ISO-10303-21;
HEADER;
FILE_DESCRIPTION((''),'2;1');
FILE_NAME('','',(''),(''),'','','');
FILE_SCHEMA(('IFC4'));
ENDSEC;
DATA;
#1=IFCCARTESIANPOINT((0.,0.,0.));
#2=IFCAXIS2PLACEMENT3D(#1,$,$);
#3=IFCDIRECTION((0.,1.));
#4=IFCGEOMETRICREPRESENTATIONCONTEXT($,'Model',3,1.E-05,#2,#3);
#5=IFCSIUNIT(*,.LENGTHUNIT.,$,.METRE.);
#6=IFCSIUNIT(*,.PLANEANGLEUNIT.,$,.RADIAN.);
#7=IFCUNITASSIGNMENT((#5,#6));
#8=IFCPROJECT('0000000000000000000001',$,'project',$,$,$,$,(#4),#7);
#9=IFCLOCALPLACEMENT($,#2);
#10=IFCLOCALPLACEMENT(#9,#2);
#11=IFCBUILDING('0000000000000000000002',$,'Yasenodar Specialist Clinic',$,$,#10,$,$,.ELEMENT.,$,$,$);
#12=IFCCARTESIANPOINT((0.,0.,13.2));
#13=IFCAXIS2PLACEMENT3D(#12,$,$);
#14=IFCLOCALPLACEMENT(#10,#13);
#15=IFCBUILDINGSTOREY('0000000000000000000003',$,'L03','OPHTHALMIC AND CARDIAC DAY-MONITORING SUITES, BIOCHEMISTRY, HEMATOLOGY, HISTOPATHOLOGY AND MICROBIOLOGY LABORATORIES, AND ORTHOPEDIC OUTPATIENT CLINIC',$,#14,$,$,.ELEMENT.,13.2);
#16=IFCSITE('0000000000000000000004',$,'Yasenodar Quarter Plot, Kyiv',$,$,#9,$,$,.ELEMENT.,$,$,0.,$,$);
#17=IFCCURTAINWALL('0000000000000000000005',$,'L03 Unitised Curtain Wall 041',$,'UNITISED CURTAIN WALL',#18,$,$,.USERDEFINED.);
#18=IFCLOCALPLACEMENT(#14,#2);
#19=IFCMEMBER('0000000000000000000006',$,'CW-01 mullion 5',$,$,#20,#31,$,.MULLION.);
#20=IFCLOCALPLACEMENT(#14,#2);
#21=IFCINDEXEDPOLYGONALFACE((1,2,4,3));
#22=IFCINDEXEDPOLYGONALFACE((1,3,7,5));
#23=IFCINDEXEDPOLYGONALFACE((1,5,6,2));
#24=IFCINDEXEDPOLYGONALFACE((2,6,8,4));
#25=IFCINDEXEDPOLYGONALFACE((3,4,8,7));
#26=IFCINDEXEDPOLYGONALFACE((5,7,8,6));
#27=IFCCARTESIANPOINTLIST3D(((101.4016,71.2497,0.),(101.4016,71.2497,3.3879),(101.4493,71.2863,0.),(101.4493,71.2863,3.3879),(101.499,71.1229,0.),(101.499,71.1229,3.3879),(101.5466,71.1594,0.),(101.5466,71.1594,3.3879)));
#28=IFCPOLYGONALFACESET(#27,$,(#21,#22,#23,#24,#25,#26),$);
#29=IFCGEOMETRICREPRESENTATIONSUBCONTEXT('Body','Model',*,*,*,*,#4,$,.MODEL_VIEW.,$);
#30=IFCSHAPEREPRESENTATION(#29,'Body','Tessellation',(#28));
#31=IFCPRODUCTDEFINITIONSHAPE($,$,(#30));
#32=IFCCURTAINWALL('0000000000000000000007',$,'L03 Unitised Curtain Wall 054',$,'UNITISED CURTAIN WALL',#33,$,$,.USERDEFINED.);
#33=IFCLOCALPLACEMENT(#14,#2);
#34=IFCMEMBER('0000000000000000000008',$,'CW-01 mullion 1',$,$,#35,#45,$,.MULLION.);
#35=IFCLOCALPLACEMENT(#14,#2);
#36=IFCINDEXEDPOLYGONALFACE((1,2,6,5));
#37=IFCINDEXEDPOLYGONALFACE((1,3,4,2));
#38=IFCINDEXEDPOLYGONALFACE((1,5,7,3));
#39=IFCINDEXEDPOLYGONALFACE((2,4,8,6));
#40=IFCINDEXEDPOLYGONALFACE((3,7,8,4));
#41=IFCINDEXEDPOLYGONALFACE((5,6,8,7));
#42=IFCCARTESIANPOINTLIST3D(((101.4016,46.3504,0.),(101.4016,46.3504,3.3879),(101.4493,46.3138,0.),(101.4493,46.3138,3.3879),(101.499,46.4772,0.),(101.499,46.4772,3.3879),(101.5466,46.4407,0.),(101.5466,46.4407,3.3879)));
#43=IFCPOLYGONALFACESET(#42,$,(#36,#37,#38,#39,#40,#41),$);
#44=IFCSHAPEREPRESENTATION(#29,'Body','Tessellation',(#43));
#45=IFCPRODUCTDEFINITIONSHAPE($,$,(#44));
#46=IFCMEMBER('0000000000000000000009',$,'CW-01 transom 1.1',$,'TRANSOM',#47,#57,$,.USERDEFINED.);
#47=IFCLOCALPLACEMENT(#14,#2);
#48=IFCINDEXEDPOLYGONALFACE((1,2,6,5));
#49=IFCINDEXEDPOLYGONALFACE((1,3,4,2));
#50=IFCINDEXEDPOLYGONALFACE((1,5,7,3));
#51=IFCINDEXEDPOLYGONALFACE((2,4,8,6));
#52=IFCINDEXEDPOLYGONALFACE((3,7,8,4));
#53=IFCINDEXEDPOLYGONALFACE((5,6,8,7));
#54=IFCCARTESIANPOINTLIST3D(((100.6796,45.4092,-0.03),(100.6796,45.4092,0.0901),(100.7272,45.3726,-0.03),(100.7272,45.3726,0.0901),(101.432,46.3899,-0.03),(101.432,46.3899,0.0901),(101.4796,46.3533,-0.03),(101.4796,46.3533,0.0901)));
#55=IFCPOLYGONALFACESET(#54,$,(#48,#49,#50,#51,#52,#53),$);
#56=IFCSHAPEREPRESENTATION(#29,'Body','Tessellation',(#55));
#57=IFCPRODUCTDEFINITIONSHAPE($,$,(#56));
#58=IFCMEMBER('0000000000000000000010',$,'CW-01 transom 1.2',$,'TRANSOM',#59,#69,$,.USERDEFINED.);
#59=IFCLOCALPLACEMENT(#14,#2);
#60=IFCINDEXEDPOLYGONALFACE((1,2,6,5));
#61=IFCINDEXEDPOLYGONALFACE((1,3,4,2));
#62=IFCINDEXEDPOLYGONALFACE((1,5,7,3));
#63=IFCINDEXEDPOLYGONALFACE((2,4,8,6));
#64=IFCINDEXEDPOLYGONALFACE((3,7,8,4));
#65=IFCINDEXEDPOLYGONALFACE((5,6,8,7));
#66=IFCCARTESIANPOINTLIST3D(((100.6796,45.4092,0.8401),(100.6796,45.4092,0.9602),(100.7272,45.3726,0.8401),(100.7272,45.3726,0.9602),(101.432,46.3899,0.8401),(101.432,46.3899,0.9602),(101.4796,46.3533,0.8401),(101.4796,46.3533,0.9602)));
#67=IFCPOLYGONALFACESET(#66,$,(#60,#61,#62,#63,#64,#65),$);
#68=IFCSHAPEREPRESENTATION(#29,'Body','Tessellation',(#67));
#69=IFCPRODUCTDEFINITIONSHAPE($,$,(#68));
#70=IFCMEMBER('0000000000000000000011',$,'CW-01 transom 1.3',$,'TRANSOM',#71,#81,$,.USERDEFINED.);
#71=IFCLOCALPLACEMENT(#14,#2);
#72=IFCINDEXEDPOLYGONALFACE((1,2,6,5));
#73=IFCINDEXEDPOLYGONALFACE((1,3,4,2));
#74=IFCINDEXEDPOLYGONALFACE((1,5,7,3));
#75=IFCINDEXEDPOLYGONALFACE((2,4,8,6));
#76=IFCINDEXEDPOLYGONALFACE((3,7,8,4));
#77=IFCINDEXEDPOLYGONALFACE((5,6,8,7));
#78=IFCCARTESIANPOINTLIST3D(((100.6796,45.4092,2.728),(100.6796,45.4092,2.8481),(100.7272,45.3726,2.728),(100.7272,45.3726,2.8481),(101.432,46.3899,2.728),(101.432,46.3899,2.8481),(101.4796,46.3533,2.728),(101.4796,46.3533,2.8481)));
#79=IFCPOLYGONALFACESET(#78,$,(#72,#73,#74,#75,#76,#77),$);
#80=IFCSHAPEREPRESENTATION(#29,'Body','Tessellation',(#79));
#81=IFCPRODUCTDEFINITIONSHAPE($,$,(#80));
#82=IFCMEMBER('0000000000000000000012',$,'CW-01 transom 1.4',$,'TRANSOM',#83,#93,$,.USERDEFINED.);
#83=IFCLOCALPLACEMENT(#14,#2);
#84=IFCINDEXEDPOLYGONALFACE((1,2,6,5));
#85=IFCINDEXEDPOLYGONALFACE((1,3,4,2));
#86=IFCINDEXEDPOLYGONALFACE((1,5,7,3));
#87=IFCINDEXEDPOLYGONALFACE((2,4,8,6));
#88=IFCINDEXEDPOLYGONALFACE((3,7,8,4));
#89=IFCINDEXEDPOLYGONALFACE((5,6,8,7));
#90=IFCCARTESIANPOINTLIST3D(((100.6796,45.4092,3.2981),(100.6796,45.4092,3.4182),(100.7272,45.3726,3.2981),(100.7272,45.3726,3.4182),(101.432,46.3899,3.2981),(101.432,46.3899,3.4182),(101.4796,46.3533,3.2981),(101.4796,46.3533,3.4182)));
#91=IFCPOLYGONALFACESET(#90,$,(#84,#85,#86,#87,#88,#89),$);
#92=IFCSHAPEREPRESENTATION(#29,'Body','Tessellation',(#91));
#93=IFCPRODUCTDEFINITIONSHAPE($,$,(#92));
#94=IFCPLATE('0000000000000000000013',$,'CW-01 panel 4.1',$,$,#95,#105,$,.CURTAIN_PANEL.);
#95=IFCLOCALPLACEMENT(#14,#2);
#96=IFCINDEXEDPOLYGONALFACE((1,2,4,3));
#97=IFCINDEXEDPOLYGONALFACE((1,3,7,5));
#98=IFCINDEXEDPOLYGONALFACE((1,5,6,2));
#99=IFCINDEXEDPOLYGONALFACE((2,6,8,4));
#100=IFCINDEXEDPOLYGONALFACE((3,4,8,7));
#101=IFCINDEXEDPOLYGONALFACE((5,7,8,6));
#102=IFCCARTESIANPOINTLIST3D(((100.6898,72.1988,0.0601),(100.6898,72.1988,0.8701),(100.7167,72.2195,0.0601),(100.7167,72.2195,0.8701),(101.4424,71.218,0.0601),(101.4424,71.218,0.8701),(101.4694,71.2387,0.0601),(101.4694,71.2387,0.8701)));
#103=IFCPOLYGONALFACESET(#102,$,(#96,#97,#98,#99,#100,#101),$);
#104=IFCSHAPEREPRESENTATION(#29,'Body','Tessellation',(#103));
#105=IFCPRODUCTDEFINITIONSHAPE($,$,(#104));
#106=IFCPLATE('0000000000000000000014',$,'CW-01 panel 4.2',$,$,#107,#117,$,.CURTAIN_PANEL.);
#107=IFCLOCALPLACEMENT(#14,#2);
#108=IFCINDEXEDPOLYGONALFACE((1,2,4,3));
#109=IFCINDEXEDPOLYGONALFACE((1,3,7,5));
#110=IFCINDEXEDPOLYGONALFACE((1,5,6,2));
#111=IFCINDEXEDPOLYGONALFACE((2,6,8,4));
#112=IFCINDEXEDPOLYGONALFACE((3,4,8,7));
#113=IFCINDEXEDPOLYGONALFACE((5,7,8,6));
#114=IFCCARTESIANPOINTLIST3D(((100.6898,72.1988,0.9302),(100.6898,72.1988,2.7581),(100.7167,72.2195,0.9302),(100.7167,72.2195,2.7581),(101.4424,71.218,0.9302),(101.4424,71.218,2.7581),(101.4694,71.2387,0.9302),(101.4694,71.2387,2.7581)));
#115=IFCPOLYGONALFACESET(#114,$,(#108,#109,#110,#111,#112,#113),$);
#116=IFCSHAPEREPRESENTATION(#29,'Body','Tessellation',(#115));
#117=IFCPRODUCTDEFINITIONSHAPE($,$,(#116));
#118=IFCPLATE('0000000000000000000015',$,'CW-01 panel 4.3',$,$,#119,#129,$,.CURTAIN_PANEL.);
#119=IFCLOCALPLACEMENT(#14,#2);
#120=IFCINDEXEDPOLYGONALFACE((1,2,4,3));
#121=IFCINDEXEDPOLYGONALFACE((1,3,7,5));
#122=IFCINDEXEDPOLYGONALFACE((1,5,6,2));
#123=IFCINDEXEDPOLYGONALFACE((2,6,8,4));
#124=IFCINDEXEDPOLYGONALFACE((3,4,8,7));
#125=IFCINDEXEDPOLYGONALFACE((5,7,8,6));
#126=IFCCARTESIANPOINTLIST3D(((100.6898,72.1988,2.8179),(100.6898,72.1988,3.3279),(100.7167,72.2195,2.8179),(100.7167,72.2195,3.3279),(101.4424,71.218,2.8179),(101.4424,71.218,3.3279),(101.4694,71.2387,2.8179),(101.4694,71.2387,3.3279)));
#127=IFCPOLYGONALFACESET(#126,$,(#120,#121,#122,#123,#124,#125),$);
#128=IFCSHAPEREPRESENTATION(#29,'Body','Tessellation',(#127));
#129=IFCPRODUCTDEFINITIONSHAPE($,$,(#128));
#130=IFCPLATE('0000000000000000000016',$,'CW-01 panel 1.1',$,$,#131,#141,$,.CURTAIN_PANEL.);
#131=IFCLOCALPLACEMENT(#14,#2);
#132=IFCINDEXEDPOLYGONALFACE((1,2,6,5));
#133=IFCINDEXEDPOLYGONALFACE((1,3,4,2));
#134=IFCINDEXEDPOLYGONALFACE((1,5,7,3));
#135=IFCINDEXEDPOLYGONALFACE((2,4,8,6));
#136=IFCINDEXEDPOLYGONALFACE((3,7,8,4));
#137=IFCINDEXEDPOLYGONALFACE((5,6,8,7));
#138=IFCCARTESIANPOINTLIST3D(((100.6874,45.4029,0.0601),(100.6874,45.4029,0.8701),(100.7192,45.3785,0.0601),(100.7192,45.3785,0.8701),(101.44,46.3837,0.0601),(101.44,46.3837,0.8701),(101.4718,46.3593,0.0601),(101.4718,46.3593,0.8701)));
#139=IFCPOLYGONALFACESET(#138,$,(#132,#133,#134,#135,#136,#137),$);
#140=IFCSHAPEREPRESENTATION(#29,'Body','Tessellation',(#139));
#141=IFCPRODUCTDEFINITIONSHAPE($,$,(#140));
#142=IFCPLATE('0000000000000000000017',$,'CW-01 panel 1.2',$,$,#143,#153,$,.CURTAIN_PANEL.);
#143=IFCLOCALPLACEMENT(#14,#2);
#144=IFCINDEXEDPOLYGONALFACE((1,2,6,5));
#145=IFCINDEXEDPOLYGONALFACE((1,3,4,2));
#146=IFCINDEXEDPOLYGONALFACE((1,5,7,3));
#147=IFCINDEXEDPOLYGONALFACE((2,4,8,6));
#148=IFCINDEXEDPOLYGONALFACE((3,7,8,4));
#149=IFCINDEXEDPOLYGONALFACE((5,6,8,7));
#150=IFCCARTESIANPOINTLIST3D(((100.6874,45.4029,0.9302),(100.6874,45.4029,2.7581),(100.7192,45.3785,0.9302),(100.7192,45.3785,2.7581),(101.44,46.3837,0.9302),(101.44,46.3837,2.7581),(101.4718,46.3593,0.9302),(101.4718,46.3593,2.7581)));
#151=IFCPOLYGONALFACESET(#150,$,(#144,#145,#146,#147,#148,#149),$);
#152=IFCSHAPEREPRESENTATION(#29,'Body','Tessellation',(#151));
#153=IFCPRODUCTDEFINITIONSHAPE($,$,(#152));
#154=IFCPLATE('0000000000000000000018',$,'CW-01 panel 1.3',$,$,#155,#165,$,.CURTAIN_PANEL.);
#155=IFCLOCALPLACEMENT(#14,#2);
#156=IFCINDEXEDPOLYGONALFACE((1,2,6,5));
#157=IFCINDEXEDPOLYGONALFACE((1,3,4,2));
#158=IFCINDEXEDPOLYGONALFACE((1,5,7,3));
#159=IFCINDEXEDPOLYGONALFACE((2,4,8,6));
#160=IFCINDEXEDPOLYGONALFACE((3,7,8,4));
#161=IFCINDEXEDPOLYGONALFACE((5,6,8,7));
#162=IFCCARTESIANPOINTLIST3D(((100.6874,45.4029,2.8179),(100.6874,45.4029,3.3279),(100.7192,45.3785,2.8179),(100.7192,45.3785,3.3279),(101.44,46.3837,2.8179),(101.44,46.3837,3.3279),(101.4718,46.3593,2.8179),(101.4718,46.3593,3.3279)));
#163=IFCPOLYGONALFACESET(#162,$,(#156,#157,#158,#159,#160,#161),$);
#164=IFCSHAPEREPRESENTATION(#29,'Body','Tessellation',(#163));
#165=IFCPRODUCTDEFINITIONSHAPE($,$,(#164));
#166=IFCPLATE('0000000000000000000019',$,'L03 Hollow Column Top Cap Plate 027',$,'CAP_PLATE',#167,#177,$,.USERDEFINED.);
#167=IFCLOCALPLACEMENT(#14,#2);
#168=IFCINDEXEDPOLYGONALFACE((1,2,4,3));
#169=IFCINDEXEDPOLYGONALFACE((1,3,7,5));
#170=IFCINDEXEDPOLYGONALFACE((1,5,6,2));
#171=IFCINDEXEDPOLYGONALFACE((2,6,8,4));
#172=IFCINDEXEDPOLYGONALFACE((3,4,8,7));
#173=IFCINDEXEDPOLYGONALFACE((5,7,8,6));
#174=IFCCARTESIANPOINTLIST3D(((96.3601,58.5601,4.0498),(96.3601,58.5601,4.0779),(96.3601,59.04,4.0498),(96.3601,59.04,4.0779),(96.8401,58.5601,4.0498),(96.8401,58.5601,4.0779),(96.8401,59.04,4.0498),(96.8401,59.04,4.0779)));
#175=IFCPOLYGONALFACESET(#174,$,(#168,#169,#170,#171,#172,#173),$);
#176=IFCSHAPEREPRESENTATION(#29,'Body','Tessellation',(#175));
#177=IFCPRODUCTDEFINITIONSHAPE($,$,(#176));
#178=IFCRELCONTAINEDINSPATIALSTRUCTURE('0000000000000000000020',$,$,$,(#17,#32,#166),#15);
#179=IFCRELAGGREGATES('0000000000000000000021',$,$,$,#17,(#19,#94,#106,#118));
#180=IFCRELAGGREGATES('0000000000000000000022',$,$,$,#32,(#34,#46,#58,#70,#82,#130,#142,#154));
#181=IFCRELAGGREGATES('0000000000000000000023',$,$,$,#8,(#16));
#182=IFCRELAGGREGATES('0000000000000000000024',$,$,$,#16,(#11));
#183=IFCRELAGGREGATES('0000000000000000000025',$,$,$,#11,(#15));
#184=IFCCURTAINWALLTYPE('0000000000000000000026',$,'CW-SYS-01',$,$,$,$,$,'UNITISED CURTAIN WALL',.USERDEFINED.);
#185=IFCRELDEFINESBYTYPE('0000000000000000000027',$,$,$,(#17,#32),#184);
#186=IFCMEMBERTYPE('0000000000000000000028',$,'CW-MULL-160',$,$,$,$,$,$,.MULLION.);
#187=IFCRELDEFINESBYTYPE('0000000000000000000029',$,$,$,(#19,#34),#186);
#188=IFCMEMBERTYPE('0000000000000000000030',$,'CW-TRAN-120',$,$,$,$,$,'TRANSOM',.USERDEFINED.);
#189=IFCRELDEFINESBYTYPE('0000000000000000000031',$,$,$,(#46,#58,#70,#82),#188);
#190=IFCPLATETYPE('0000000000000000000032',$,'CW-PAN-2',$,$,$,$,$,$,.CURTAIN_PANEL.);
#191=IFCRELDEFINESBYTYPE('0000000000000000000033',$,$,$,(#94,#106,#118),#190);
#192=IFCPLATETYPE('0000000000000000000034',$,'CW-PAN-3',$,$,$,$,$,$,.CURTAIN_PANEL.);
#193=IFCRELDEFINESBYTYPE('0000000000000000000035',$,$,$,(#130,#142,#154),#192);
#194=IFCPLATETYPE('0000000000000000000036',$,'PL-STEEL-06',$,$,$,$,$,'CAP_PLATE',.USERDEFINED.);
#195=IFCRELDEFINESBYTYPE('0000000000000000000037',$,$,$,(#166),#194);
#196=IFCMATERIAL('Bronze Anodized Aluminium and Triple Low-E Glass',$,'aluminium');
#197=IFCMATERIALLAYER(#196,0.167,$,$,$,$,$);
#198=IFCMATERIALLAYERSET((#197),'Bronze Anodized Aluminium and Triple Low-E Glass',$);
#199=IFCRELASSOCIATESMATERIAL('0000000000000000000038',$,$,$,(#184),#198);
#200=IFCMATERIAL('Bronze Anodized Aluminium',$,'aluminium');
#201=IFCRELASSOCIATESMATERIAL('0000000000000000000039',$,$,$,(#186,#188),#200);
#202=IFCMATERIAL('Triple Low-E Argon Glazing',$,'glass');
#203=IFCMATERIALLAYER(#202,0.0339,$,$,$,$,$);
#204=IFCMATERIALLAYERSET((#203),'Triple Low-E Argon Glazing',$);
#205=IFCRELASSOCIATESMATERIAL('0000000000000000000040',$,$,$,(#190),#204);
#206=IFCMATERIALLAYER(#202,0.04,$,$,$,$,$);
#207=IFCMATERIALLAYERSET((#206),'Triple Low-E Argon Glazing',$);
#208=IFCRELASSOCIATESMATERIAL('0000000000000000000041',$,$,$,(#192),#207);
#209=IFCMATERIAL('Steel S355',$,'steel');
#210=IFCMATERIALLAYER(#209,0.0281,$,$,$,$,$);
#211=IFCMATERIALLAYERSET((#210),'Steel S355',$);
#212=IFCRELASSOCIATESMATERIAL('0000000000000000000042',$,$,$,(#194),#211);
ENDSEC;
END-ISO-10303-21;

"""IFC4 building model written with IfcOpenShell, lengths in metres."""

from ifc_helpers import new_model, si_unit, direction, frame, origin, origin_2d, place, context, subcontext, project, spatial, rectangle, extrude, material, layer, layer_set, material_profile, profile_set, type_object, element, aggregate, save


model = new_model("IFC4")

# Units and contexts
model_context = context("Model", 3, precision=1e-05, world=origin(), true_north=direction((0.0, 1.0)))
body_context = subcontext(model_context, "Body", "Model", "MODEL_VIEW")
ifc_project = project(units=[si_unit("LENGTHUNIT", "METRE"), si_unit("PLANEANGLEUNIT", "RADIAN")], contexts=[model_context])

# Site, building, storey
site_placement = place(None, origin())
site = spatial("IfcSite", under=ifc_project, at=site_placement, Name="Yasenodar Quarter Plot, Kyiv", CompositionType="ELEMENT", RefElevation=0.0)
building_placement = place(site_placement, origin())
building = spatial("IfcBuilding", under=site, at=building_placement, Name="Yasenodar Specialist Clinic", CompositionType="ELEMENT")
storey_placement = place(building_placement, frame((0.0, 0.0, 13.2)))
storey = spatial("IfcBuildingStorey", under=building, at=storey_placement, Name="L03", Description="OPHTHALMIC AND CARDIAC DAY-MONITORING SUITES, BIOCHEMISTRY, HEMATOLOGY, HISTOPATHOLOGY AND MICROBIOLOGY LABORATORIES, AND ORTHOPEDIC OUTPATIENT CLINIC", CompositionType="ELEMENT", Elevation=13.2)

# Shared definitions
ifc_material_1 = material(Name="Steel S355", Category="steel")

# Curtain wall, member
ifc_material_2 = material(Name="Bronze Anodized Aluminium and Triple Low-E Glass", Category="aluminium")
ifc_layer_1 = layer(ifc_material_2, 0.167)
ifc_layer_set_1 = layer_set([ifc_layer_1], Name="Bronze Anodized Aluminium and Triple Low-E Glass")
curtain_wall_type = type_object("IfcCurtainWallType", Name="CW-SYS-01", ElementType="UNITISED CURTAIN WALL", PredefinedType="USERDEFINED", material=ifc_layer_set_1)
curtain_wall_1_placement = place(storey_placement, origin())
curtain_wall_1 = element("IfcCurtainWall", 1, at=curtain_wall_1_placement, inside=storey, type_object=curtain_wall_type, Name="L03 Unitised Curtain Wall 041", ObjectType="UNITISED CURTAIN WALL", PredefinedType="USERDEFINED")
ifc_material_3 = material(Name="Bronze Anodized Aluminium", Category="aluminium")
ifc_material_profile_1 = material_profile(ifc_material_3, rectangle(XDim=0.0601, YDim=0.1599, at=origin_2d()), Name="CW-MULL 60x160")
ifc_profile_set_1 = profile_set([ifc_material_profile_1], Name="Bronze Anodized Aluminium")
member_type_1 = type_object("IfcMemberType", Name="CW-MULL-160", PredefinedType="MULLION", material=ifc_profile_set_1)
member_1_placement = place(storey_placement, frame((101.4741, 71.2046, 0.0), z_axis=(0.0, 0.0, 1.0), x_axis=(0.793361, 0.608752, 0.0)))
member_1 = element("IfcMember", 2, at=member_1_placement, type_object=member_type_1, Name="CW-01 mullion 5", PredefinedType="MULLION", context=body_context, shape_type="SweptSolid", body=[
    extrude(rectangle(XDim=0.0601, YDim=0.1599, at=origin_2d()), origin(), (0.0, 0.0, 1.0), 3.3879),
])

# Curtain wall, members
curtain_wall_2_placement = place(storey_placement, origin())
curtain_wall_2 = element("IfcCurtainWall", 3, at=curtain_wall_2_placement, inside=storey, type_object=curtain_wall_type, Name="L03 Unitised Curtain Wall 054", ObjectType="UNITISED CURTAIN WALL", PredefinedType="USERDEFINED")
member_2_placement = place(storey_placement, frame((101.4741, 46.3955, 0.0), z_axis=(0.0, 0.0, 1.0), x_axis=(0.793361, -0.608752, 0.0)))
member_2 = element("IfcMember", 4, at=member_2_placement, type_object=member_type_1, Name="CW-01 mullion 1", PredefinedType="MULLION", context=body_context, shape_type="SweptSolid", body=[
    extrude(rectangle(XDim=0.0601, YDim=0.1599, at=origin_2d()), origin(), (0.0, 0.0, 1.0), 3.3879),
])
ifc_material_profile_2 = material_profile(ifc_material_3, rectangle(XDim=0.0601, YDim=0.1201, at=origin_2d()), Name="CW-TRAN 60x120")
ifc_profile_set_2 = profile_set([ifc_material_profile_2], Name="Bronze Anodized Aluminium")
member_type_2 = type_object("IfcMemberType", Name="CW-TRAN-120", ElementType="TRANSOM", PredefinedType="USERDEFINED", material=ifc_profile_set_2)
member_3_placement = place(storey_placement, frame((101.4558, 46.3716, 0.03), z_axis=(-0.608718, -0.793387, 0.0), x_axis=(0.793387, -0.608718, 0.0)))
member_3 = element("IfcMember", 5, at=member_3_placement, type_object=member_type_2, Name="CW-01 transom 1.1", ObjectType="TRANSOM", PredefinedType="USERDEFINED", context=body_context, shape_type="SweptSolid", body=[
    extrude(rectangle(XDim=0.0601, YDim=0.1201, at=origin_2d()), origin(), (0.0, 0.0, 1.0), 1.2361),
])
member_4_placement = place(storey_placement, frame((101.4558, 46.3716, 0.9001), z_axis=(-0.608718, -0.793387, 0.0), x_axis=(0.793387, -0.608718, 0.0)))
member_4 = element("IfcMember", 6, at=member_4_placement, type_object=member_type_2, Name="CW-01 transom 1.2", ObjectType="TRANSOM", PredefinedType="USERDEFINED", context=body_context, shape_type="SweptSolid", body=[
    extrude(rectangle(XDim=0.0601, YDim=0.1201, at=origin_2d()), origin(), (0.0, 0.0, 1.0), 1.2361),
])
member_5_placement = place(storey_placement, frame((101.4558, 46.3716, 2.7881), z_axis=(-0.608718, -0.793387, 0.0), x_axis=(0.793387, -0.608718, 0.0)))
member_5 = element("IfcMember", 7, at=member_5_placement, type_object=member_type_2, Name="CW-01 transom 1.3", ObjectType="TRANSOM", PredefinedType="USERDEFINED", context=body_context, shape_type="SweptSolid", body=[
    extrude(rectangle(XDim=0.0601, YDim=0.1201, at=origin_2d()), origin(), (0.0, 0.0, 1.0), 1.2361),
])
member_6_placement = place(storey_placement, frame((101.4558, 46.3716, 3.3582), z_axis=(-0.608718, -0.793387, 0.0), x_axis=(0.793387, -0.608718, 0.0)))
member_6 = element("IfcMember", 8, at=member_6_placement, type_object=member_type_2, Name="CW-01 transom 1.4", ObjectType="TRANSOM", PredefinedType="USERDEFINED", context=body_context, shape_type="SweptSolid", body=[
    extrude(rectangle(XDim=0.0601, YDim=0.1201, at=origin_2d()), origin(), (0.0, 0.0, 1.0), 1.2361),
])

# Plates
ifc_material_4 = material(Name="Triple Low-E Argon Glazing", Category="glass")
ifc_layer_2 = layer(ifc_material_4, 0.0339)
ifc_layer_set_2 = layer_set([ifc_layer_2], Name="Triple Low-E Argon Glazing")
plate_type_1 = type_object("IfcPlateType", Name="CW-PAN-2", PredefinedType="CURTAIN_PANEL", material=ifc_layer_set_2)
plate_1_placement = place(storey_placement, frame((101.0796, 71.7188, 0.0601), z_axis=(0.0, 0.0, 1.0), x_axis=(0.608752, -0.793361, 0.0)))
plate_1 = element("IfcPlate", 9, at=plate_1_placement, type_object=plate_type_1, Name="CW-01 panel 4.1", PredefinedType="CURTAIN_PANEL", context=body_context, shape_type="SweptSolid", body=[
    extrude(rectangle(XDim=1.2363, YDim=0.0339, at=origin_2d()), origin(), (0.0, 0.0, 1.0), 0.8101),
])
plate_2_placement = place(storey_placement, frame((101.0796, 71.7188, 0.9302), z_axis=(0.0, 0.0, 1.0), x_axis=(0.608752, -0.793361, 0.0)))
plate_2 = element("IfcPlate", 10, at=plate_2_placement, type_object=plate_type_1, Name="CW-01 panel 4.2", PredefinedType="CURTAIN_PANEL", context=body_context, shape_type="SweptSolid", body=[
    extrude(rectangle(XDim=1.2363, YDim=0.0339, at=origin_2d()), origin(), (0.0, 0.0, 1.0), 1.8279),
])
plate_3_placement = place(storey_placement, frame((101.0796, 71.7188, 2.8179), z_axis=(0.0, 0.0, 1.0), x_axis=(0.608752, -0.793361, 0.0)))
plate_3 = element("IfcPlate", 11, at=plate_3_placement, type_object=plate_type_1, Name="CW-01 panel 4.3", PredefinedType="CURTAIN_PANEL", context=body_context, shape_type="SweptSolid", body=[
    extrude(rectangle(XDim=1.2363, YDim=0.0339, at=origin_2d()), origin(), (0.0, 0.0, 1.0), 0.51),
])
aggregate(curtain_wall_1, [member_1, plate_1, plate_2, plate_3])
ifc_layer_3 = layer(ifc_material_4, 0.04)
ifc_layer_set_3 = layer_set([ifc_layer_3], Name="Triple Low-E Argon Glazing")
plate_type_2 = type_object("IfcPlateType", Name="CW-PAN-3", PredefinedType="CURTAIN_PANEL", material=ifc_layer_set_3)
plate_4_placement = place(storey_placement, frame((101.0796, 45.8811, 0.0601), z_axis=(0.0, 0.0, 1.0), x_axis=(-0.608752, -0.793361, 0.0)))
plate_4 = element("IfcPlate", 12, at=plate_4_placement, type_object=plate_type_2, Name="CW-01 panel 1.1", PredefinedType="CURTAIN_PANEL", context=body_context, shape_type="SweptSolid", body=[
    extrude(rectangle(XDim=1.2363, YDim=0.04, at=origin_2d()), origin(), (0.0, 0.0, 1.0), 0.8101),
])
plate_5_placement = place(storey_placement, frame((101.0796, 45.8811, 0.9302), z_axis=(0.0, 0.0, 1.0), x_axis=(-0.608752, -0.793361, 0.0)))
plate_5 = element("IfcPlate", 13, at=plate_5_placement, type_object=plate_type_2, Name="CW-01 panel 1.2", PredefinedType="CURTAIN_PANEL", context=body_context, shape_type="SweptSolid", body=[
    extrude(rectangle(XDim=1.2363, YDim=0.04, at=origin_2d()), origin(), (0.0, 0.0, 1.0), 1.8279),
])
plate_6_placement = place(storey_placement, frame((101.0796, 45.8811, 2.8179), z_axis=(0.0, 0.0, 1.0), x_axis=(-0.608752, -0.793361, 0.0)))
plate_6 = element("IfcPlate", 14, at=plate_6_placement, type_object=plate_type_2, Name="CW-01 panel 1.3", PredefinedType="CURTAIN_PANEL", context=body_context, shape_type="SweptSolid", body=[
    extrude(rectangle(XDim=1.2363, YDim=0.04, at=origin_2d()), origin(), (0.0, 0.0, 1.0), 0.51),
])
aggregate(curtain_wall_2, [member_2, member_3, member_4, member_5, member_6, plate_4, plate_5, plate_6])
ifc_layer_4 = layer(ifc_material_1, 0.0281)
ifc_layer_set_4 = layer_set([ifc_layer_4], Name="Steel S355")
plate_type_3 = type_object("IfcPlateType", Name="PL-STEEL-06", ElementType="CAP_PLATE", PredefinedType="USERDEFINED", material=ifc_layer_set_4)
plate_7_placement = place(storey_placement, frame((96.6001, 58.8, 4.0498), z_axis=(0.0, 0.0, 1.0), x_axis=(1.0, 0.0, 0.0)))
element("IfcPlate", 15, at=plate_7_placement, inside=storey, type_object=plate_type_3, Name="L03 Hollow Column Top Cap Plate 027", ObjectType="CAP_PLATE", PredefinedType="USERDEFINED", context=body_context, shape_type="SweptSolid", body=[
    extrude(rectangle(XDim=0.48, YDim=0.48, at=origin_2d()), origin(), (0.0, 0.0, 1.0), 0.0281),
])

save(model, "model.ifc")
